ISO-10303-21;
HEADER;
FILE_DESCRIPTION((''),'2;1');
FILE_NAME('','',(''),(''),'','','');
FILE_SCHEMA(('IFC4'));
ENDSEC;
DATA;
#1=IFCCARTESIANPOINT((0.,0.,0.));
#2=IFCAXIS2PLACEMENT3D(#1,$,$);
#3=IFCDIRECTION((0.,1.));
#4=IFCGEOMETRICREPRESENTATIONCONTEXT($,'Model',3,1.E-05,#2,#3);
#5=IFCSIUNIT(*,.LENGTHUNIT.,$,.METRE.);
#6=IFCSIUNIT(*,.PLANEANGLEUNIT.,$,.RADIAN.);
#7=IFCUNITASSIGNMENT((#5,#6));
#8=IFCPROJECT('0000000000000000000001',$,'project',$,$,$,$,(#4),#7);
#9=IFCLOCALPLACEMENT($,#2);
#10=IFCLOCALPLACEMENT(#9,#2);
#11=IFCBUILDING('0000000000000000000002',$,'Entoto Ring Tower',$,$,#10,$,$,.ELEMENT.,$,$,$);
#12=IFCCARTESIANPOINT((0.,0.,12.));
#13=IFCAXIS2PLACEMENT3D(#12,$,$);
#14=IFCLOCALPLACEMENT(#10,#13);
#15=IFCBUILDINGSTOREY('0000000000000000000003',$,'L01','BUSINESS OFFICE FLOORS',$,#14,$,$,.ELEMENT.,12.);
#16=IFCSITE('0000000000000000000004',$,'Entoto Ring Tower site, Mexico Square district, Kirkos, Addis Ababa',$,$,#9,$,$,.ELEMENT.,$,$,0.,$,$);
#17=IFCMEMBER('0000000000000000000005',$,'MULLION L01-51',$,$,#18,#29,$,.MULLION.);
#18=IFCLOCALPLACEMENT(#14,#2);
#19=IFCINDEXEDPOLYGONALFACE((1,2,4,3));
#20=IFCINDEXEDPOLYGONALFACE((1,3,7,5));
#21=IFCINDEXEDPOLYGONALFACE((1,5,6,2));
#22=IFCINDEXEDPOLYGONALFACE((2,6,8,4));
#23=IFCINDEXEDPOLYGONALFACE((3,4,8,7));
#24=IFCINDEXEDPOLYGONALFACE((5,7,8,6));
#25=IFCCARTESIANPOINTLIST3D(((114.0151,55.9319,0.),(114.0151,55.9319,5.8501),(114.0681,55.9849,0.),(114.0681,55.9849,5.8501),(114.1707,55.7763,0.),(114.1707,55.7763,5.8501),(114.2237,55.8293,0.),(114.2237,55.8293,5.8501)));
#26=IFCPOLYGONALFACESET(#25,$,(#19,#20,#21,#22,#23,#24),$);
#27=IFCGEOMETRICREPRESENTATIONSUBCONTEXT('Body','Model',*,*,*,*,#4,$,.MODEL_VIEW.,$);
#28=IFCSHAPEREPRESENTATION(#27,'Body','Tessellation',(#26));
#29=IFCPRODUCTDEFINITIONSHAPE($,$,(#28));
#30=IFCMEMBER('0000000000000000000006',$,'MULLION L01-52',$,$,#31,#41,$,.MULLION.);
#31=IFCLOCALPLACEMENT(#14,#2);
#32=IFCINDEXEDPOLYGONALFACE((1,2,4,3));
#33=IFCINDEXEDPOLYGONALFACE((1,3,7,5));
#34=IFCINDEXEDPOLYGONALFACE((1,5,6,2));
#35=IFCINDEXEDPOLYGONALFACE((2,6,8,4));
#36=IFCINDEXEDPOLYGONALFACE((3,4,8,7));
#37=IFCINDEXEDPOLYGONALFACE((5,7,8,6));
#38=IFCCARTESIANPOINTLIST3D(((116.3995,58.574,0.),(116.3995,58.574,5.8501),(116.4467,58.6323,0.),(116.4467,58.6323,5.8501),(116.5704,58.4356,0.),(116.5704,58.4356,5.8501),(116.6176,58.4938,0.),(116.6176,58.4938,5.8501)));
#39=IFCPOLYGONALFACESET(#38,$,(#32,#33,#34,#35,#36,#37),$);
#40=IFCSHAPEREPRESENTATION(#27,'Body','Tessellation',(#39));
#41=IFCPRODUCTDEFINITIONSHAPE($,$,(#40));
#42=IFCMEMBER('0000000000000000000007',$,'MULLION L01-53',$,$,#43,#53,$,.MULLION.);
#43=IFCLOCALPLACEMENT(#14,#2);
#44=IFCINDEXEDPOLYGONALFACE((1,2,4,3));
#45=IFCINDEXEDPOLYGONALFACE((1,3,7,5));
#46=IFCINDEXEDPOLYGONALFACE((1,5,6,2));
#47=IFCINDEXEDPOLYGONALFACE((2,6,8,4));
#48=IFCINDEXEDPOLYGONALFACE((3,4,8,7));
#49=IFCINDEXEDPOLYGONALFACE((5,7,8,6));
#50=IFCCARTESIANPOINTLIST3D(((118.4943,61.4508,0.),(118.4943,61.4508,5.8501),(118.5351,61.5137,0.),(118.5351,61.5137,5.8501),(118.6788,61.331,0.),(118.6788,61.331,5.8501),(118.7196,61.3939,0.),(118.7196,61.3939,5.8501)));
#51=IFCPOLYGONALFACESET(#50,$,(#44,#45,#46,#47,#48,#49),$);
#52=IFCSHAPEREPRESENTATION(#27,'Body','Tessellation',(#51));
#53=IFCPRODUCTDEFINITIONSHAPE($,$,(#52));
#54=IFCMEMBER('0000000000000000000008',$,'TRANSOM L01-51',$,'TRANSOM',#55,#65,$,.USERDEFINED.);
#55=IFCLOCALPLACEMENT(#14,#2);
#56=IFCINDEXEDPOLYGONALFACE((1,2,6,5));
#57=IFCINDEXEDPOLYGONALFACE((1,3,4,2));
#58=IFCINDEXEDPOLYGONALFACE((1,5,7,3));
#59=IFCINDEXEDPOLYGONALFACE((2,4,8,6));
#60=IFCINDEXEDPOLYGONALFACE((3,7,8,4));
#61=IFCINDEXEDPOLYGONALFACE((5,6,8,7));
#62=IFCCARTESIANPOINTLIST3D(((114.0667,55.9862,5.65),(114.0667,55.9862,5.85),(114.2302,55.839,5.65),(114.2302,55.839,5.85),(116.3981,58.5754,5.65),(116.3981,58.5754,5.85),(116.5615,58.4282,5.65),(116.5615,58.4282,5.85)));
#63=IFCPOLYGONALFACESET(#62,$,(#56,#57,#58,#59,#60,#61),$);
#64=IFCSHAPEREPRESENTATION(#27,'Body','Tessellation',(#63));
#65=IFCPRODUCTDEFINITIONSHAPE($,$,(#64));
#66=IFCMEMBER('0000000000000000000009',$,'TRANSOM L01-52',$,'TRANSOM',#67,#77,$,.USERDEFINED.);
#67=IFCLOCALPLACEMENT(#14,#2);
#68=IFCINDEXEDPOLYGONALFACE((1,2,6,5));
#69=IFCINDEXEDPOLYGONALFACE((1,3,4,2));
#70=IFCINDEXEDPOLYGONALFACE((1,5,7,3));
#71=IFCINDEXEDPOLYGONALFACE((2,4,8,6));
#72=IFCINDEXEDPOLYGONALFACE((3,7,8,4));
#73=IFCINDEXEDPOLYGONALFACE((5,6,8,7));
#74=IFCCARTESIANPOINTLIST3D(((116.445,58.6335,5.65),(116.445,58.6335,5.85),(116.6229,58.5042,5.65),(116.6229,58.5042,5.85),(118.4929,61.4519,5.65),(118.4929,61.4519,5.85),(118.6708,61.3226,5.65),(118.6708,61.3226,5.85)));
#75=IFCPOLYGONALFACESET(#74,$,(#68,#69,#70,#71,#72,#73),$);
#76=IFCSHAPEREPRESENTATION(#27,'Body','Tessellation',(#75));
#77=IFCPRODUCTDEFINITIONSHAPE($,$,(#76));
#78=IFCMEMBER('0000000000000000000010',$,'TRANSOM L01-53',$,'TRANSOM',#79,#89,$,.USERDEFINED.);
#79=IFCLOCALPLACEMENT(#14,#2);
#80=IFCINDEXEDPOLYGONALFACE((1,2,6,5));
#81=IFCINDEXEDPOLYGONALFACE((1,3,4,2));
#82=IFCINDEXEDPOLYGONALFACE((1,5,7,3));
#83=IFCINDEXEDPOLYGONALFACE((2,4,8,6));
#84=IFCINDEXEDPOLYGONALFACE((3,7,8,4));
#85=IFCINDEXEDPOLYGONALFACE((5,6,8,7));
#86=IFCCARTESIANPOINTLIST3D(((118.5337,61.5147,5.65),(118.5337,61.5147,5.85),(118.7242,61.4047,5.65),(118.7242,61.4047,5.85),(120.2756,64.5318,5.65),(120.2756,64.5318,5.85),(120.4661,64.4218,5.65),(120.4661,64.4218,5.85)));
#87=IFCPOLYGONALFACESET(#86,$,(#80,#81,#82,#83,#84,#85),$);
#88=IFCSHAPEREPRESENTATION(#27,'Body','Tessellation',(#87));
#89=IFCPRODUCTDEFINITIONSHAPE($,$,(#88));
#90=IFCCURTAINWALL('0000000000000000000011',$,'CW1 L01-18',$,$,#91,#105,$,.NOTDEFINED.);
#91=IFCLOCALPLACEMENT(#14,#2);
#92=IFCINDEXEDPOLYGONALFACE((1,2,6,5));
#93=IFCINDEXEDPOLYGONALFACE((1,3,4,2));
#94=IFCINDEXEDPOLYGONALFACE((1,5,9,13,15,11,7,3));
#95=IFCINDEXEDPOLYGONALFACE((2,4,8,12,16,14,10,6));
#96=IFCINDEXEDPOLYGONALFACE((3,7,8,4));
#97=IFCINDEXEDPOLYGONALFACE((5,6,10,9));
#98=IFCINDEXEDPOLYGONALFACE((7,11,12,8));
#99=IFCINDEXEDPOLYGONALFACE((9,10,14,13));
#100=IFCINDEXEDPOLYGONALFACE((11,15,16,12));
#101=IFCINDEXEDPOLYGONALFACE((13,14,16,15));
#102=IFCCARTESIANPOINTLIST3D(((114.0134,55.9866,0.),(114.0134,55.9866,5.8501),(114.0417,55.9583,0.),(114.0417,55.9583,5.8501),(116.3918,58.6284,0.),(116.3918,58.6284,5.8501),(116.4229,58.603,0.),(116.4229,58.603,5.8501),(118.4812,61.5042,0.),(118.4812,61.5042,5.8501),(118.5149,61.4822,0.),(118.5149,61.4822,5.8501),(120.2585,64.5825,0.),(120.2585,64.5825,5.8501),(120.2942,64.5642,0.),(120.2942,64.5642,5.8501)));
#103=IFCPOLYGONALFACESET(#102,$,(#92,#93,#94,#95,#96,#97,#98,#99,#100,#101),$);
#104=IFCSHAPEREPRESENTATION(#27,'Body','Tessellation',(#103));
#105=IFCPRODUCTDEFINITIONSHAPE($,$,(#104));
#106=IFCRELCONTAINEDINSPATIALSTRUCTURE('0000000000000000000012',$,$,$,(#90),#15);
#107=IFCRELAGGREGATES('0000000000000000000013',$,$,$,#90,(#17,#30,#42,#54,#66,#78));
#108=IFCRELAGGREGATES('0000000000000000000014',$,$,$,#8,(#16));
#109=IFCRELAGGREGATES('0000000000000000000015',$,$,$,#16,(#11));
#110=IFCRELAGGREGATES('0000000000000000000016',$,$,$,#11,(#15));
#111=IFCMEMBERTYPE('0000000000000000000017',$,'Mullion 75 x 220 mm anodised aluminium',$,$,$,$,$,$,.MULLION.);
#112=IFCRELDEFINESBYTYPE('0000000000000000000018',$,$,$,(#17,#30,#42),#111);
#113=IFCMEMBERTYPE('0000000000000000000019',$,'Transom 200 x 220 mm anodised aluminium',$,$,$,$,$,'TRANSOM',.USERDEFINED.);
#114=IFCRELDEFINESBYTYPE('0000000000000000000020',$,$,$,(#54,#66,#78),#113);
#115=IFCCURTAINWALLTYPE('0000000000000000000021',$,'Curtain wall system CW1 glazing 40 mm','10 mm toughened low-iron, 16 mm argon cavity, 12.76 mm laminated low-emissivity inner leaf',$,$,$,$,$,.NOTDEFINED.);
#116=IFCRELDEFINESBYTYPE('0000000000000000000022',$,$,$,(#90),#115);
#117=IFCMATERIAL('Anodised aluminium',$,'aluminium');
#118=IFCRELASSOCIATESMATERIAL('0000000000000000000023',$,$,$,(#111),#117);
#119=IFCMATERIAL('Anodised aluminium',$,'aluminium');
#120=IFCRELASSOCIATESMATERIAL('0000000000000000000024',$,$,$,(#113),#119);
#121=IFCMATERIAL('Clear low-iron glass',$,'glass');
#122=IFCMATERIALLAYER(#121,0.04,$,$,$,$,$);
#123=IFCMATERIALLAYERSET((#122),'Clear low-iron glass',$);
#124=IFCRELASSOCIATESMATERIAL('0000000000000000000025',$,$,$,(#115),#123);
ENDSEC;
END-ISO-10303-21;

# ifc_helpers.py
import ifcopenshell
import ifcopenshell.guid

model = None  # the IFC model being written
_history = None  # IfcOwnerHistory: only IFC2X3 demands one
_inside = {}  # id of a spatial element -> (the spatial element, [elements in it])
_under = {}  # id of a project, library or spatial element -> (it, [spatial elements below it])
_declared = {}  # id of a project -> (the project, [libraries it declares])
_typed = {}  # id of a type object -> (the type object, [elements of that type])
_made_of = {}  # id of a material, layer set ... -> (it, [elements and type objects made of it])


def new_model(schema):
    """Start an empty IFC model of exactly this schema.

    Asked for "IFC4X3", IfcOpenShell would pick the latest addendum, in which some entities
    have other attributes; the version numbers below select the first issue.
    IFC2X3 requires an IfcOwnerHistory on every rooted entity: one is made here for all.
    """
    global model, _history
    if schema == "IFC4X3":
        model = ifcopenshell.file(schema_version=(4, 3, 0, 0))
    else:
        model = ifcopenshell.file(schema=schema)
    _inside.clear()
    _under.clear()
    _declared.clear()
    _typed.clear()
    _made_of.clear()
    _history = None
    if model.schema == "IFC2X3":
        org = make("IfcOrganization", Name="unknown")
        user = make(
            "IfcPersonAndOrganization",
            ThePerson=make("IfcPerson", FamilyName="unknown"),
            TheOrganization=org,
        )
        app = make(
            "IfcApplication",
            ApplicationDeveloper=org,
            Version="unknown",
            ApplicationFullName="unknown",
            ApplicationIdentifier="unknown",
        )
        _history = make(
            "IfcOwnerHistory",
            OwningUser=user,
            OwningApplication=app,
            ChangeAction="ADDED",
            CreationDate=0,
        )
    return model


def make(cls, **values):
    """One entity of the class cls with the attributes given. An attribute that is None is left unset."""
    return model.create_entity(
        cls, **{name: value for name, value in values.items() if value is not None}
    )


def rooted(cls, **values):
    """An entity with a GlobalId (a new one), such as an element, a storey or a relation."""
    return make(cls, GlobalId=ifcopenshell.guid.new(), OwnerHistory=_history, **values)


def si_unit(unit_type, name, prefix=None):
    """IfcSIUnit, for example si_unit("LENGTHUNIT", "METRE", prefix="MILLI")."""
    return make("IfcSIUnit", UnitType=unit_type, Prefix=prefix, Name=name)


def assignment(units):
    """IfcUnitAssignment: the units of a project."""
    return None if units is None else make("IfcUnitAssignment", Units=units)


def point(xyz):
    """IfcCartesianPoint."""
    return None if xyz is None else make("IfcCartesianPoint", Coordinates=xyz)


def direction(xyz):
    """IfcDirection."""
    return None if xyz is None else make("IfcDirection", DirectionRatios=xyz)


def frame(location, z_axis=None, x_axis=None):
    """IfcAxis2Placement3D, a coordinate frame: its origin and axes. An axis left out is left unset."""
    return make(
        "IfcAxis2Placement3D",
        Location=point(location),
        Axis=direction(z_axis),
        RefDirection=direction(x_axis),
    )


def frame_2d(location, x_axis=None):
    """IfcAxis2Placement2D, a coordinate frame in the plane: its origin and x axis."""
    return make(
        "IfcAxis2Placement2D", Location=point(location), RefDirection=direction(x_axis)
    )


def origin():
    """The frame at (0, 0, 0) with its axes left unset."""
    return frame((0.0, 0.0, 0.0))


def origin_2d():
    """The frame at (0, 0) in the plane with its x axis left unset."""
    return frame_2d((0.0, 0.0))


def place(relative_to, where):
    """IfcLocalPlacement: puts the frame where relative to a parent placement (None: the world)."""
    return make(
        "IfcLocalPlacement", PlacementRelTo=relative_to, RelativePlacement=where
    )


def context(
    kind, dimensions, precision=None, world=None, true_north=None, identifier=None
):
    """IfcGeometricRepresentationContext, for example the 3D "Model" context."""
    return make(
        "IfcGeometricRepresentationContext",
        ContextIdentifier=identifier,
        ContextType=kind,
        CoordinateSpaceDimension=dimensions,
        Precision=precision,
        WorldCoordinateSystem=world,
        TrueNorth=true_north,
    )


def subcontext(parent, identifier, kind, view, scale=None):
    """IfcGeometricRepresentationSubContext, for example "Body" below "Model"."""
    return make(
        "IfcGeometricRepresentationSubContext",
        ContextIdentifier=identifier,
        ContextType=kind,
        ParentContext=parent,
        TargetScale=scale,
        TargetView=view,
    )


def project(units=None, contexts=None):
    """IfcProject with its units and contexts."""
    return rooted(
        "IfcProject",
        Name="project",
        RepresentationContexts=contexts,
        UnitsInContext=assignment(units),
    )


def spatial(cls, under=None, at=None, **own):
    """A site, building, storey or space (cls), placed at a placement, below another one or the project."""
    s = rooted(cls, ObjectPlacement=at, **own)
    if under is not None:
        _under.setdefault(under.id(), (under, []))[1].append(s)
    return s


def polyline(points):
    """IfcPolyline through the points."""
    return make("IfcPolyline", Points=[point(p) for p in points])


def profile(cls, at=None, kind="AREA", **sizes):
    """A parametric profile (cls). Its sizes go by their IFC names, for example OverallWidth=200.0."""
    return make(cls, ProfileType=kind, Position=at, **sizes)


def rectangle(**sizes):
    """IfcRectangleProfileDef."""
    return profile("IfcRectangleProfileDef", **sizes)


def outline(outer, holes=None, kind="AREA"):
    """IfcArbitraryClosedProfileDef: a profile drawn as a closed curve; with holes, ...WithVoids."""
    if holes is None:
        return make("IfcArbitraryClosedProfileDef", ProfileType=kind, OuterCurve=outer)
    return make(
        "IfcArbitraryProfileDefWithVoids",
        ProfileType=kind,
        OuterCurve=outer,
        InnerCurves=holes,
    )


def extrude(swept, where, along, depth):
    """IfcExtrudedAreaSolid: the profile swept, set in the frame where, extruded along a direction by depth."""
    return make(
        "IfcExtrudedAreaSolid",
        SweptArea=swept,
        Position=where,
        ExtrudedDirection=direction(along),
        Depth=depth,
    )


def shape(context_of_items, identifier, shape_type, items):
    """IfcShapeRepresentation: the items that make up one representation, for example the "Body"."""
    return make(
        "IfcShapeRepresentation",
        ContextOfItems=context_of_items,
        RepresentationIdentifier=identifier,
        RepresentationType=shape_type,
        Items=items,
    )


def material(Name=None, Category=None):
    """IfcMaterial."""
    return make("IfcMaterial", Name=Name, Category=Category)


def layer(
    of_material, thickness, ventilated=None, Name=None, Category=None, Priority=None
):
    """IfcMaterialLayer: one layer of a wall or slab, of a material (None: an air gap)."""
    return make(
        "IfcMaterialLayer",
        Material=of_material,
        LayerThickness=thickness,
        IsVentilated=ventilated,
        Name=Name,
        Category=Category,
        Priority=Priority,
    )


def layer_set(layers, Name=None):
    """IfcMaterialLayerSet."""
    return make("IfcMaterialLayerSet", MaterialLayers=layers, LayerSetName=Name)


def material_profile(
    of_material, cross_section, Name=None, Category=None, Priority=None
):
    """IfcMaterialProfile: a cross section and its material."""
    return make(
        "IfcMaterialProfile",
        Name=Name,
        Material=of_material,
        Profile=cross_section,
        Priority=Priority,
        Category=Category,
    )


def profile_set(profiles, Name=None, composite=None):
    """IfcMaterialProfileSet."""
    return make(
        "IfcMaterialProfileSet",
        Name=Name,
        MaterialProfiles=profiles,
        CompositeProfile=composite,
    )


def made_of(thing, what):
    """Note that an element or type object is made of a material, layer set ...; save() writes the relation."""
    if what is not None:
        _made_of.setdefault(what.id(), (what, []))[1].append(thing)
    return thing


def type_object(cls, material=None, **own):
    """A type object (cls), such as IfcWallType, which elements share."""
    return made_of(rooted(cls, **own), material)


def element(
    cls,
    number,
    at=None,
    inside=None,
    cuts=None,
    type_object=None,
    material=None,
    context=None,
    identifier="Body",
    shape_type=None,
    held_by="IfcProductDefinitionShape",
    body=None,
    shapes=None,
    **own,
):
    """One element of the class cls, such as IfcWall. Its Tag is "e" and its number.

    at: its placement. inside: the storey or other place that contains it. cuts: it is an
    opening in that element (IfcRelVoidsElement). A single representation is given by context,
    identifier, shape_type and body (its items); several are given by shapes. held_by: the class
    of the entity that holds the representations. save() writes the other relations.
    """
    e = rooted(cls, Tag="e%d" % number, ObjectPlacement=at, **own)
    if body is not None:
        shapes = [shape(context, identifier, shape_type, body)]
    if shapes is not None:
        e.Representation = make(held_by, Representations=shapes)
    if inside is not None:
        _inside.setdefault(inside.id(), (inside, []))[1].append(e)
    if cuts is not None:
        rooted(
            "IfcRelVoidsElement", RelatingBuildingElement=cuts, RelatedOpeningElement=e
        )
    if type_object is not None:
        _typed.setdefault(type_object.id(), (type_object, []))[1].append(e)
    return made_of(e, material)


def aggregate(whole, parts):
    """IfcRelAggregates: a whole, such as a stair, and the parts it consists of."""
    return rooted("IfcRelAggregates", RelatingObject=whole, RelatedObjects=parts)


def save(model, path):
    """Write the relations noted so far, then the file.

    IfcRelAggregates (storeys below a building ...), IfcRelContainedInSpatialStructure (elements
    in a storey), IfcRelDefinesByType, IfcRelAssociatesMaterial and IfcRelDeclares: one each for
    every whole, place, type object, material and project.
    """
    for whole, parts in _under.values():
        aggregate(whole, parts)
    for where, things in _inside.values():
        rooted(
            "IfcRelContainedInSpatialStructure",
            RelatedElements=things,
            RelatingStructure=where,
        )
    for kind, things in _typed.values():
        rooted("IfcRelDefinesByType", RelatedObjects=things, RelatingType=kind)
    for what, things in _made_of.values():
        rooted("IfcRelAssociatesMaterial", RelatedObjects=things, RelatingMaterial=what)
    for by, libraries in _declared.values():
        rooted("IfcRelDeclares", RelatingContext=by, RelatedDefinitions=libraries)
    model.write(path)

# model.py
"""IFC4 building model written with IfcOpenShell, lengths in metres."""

from ifc_helpers import new_model, si_unit, direction, frame, origin, origin_2d, place, context, subcontext, project, spatial, polyline, rectangle, outline, extrude, material, layer, layer_set, material_profile, profile_set, type_object, element, aggregate, save


model = new_model("IFC4")

# Units and contexts
model_context = context("Model", 3, precision=1e-05, world=origin(), true_north=direction((0.0, 1.0)))
body_context = subcontext(model_context, "Body", "Model", "MODEL_VIEW")
ifc_project = project(units=[si_unit("LENGTHUNIT", "METRE"), si_unit("PLANEANGLEUNIT", "RADIAN")], contexts=[model_context])

# Members
ifc_material_1 = material(Name="Anodised aluminium", Category="aluminium")
ifc_material_profile_1 = material_profile(ifc_material_1, rectangle(XDim=0.075, YDim=0.22, at=origin_2d()), Name="Mullion 75 x 220 mm anodised aluminium")
ifc_profile_set_1 = profile_set([ifc_material_profile_1], Name="Anodised aluminium")
member_type_1 = type_object("IfcMemberType", Name="Mullion 75 x 220 mm anodised aluminium", PredefinedType="MULLION", material=ifc_profile_set_1)
site_placement = place(None, origin())
building_placement = place(site_placement, origin())
storey_placement = place(building_placement, frame((0.0, 0.0, 12.0)))
member_1_placement = place(storey_placement, frame((114.1194, 55.8806, 0.0), z_axis=(0.0, 0.0, 1.0), x_axis=(0.707107, 0.707107, 0.0)))
member_1 = element("IfcMember", 1, at=member_1_placement, type_object=member_type_1, Name="MULLION L01-51", PredefinedType="MULLION", context=body_context, shape_type="SweptSolid", body=[
    extrude(rectangle(XDim=0.075, YDim=0.22, at=origin_2d()), origin(), (0.0, 0.0, 1.0), 5.8501),
])
member_2_placement = place(storey_placement, frame((116.5085, 58.5339, 0.0), z_axis=(0.0, 0.0, 1.0), x_axis=(0.62932, 0.777146, 0.0)))
member_2 = element("IfcMember", 2, at=member_2_placement, type_object=member_type_1, Name="MULLION L01-52", PredefinedType="MULLION", context=body_context, shape_type="SweptSolid", body=[
    extrude(rectangle(XDim=0.075, YDim=0.22, at=origin_2d()), origin(), (0.0, 0.0, 1.0), 5.8501),
])
member_3_placement = place(storey_placement, frame((118.6069, 61.4224, 0.0), z_axis=(0.0, 0.0, 1.0), x_axis=(0.544639, 0.838671, 0.0)))
member_3 = element("IfcMember", 3, at=member_3_placement, type_object=member_type_1, Name="MULLION L01-53", PredefinedType="MULLION", context=body_context, shape_type="SweptSolid", body=[
    extrude(rectangle(XDim=0.075, YDim=0.22, at=origin_2d()), origin(), (0.0, 0.0, 1.0), 5.8501),
])
ifc_material_2 = material(Name="Anodised aluminium", Category="aluminium")
ifc_material_profile_2 = material_profile(ifc_material_2, rectangle(XDim=0.22, YDim=0.2, at=origin_2d()), Name="Transom 200 x 220 mm anodised aluminium")
ifc_profile_set_2 = profile_set([ifc_material_profile_2], Name="Anodised aluminium")
member_type_2 = type_object("IfcMemberType", Name="Transom 200 x 220 mm anodised aluminium", ElementType="TRANSOM", PredefinedType="USERDEFINED", material=ifc_profile_set_2)
member_4_placement = place(storey_placement, frame((114.1484, 55.9126, 5.75), z_axis=(0.669139, 0.743137, 0.0), x_axis=(-0.743137, 0.669139, 0.0)))
member_4 = element("IfcMember", 4, at=member_4_placement, type_object=member_type_2, Name="TRANSOM L01-51", ObjectType="TRANSOM", PredefinedType="USERDEFINED", context=body_context, shape_type="SweptSolid", body=[
    extrude(rectangle(XDim=0.22, YDim=0.2, at=origin_2d()), origin(), (0.0, 0.0, 1.0), 3.4841),
])
member_5_placement = place(storey_placement, frame((116.5339, 58.5688, 5.75), z_axis=(0.587822, 0.808991, 0.0), x_axis=(-0.808991, 0.587822, 0.0)))
member_5 = element("IfcMember", 5, at=member_5_placement, type_object=member_type_2, Name="TRANSOM L01-52", ObjectType="TRANSOM", PredefinedType="USERDEFINED", context=body_context, shape_type="SweptSolid", body=[
    extrude(rectangle(XDim=0.22, YDim=0.2, at=origin_2d()), origin(), (0.0, 0.0, 1.0), 3.4839),
])
member_6_placement = place(storey_placement, frame((118.6289, 61.4597, 5.75), z_axis=(0.500006, 0.866022, 0.0), x_axis=(-0.866022, 0.500006, 0.0)))
member_6 = element("IfcMember", 6, at=member_6_placement, type_object=member_type_2, Name="TRANSOM L01-53", ObjectType="TRANSOM", PredefinedType="USERDEFINED", context=body_context, shape_type="SweptSolid", body=[
    extrude(rectangle(XDim=0.22, YDim=0.2, at=origin_2d()), origin(), (0.0, 0.0, 1.0), 3.4839),
])

# Site, building, storey
site = spatial("IfcSite", under=ifc_project, at=site_placement, Name="Entoto Ring Tower site, Mexico Square district, Kirkos, Addis Ababa", CompositionType="ELEMENT", RefElevation=0.0)
building = spatial("IfcBuilding", under=site, at=building_placement, Name="Entoto Ring Tower", CompositionType="ELEMENT")
storey = spatial("IfcBuildingStorey", under=building, at=storey_placement, Name="L01", Description="BUSINESS OFFICE FLOORS", CompositionType="ELEMENT", Elevation=12.0)

# Curtain wall
ifc_material_3 = material(Name="Clear low-iron glass", Category="glass")
ifc_layer = layer(ifc_material_3, 0.04)
ifc_layer_set = layer_set([ifc_layer], Name="Clear low-iron glass")
curtain_wall_type = type_object("IfcCurtainWallType", Name="Curtain wall system CW1 glazing 40 mm", Description="10 mm toughened low-iron, 16 mm argon cavity, 12.76 mm laminated low-emissivity inner leaf", PredefinedType="NOTDEFINED", material=ifc_layer_set)
curtain_wall_1_placement = place(storey_placement, origin())
curtain_wall_1 = element("IfcCurtainWall", 7, at=curtain_wall_1_placement, inside=storey, type_object=curtain_wall_type, Name="CW1 L01-18", PredefinedType="NOTDEFINED", context=body_context, shape_type="SweptSolid", body=[
    extrude(outline(polyline([(114.0417, 55.9583), (116.4229, 58.603), (118.5149, 61.4822), (120.2942, 64.5642), (120.2585, 64.5825), (118.4812, 61.5042), (116.3918, 58.6284), (114.0134, 55.9866), (114.0417, 55.9583)])), origin(), (0.0, 0.0, 1.0), 5.8501),
])
aggregate(curtain_wall_1, [member_1, member_2, member_3, member_4, member_5, member_6])

save(model, "model.ifc")
